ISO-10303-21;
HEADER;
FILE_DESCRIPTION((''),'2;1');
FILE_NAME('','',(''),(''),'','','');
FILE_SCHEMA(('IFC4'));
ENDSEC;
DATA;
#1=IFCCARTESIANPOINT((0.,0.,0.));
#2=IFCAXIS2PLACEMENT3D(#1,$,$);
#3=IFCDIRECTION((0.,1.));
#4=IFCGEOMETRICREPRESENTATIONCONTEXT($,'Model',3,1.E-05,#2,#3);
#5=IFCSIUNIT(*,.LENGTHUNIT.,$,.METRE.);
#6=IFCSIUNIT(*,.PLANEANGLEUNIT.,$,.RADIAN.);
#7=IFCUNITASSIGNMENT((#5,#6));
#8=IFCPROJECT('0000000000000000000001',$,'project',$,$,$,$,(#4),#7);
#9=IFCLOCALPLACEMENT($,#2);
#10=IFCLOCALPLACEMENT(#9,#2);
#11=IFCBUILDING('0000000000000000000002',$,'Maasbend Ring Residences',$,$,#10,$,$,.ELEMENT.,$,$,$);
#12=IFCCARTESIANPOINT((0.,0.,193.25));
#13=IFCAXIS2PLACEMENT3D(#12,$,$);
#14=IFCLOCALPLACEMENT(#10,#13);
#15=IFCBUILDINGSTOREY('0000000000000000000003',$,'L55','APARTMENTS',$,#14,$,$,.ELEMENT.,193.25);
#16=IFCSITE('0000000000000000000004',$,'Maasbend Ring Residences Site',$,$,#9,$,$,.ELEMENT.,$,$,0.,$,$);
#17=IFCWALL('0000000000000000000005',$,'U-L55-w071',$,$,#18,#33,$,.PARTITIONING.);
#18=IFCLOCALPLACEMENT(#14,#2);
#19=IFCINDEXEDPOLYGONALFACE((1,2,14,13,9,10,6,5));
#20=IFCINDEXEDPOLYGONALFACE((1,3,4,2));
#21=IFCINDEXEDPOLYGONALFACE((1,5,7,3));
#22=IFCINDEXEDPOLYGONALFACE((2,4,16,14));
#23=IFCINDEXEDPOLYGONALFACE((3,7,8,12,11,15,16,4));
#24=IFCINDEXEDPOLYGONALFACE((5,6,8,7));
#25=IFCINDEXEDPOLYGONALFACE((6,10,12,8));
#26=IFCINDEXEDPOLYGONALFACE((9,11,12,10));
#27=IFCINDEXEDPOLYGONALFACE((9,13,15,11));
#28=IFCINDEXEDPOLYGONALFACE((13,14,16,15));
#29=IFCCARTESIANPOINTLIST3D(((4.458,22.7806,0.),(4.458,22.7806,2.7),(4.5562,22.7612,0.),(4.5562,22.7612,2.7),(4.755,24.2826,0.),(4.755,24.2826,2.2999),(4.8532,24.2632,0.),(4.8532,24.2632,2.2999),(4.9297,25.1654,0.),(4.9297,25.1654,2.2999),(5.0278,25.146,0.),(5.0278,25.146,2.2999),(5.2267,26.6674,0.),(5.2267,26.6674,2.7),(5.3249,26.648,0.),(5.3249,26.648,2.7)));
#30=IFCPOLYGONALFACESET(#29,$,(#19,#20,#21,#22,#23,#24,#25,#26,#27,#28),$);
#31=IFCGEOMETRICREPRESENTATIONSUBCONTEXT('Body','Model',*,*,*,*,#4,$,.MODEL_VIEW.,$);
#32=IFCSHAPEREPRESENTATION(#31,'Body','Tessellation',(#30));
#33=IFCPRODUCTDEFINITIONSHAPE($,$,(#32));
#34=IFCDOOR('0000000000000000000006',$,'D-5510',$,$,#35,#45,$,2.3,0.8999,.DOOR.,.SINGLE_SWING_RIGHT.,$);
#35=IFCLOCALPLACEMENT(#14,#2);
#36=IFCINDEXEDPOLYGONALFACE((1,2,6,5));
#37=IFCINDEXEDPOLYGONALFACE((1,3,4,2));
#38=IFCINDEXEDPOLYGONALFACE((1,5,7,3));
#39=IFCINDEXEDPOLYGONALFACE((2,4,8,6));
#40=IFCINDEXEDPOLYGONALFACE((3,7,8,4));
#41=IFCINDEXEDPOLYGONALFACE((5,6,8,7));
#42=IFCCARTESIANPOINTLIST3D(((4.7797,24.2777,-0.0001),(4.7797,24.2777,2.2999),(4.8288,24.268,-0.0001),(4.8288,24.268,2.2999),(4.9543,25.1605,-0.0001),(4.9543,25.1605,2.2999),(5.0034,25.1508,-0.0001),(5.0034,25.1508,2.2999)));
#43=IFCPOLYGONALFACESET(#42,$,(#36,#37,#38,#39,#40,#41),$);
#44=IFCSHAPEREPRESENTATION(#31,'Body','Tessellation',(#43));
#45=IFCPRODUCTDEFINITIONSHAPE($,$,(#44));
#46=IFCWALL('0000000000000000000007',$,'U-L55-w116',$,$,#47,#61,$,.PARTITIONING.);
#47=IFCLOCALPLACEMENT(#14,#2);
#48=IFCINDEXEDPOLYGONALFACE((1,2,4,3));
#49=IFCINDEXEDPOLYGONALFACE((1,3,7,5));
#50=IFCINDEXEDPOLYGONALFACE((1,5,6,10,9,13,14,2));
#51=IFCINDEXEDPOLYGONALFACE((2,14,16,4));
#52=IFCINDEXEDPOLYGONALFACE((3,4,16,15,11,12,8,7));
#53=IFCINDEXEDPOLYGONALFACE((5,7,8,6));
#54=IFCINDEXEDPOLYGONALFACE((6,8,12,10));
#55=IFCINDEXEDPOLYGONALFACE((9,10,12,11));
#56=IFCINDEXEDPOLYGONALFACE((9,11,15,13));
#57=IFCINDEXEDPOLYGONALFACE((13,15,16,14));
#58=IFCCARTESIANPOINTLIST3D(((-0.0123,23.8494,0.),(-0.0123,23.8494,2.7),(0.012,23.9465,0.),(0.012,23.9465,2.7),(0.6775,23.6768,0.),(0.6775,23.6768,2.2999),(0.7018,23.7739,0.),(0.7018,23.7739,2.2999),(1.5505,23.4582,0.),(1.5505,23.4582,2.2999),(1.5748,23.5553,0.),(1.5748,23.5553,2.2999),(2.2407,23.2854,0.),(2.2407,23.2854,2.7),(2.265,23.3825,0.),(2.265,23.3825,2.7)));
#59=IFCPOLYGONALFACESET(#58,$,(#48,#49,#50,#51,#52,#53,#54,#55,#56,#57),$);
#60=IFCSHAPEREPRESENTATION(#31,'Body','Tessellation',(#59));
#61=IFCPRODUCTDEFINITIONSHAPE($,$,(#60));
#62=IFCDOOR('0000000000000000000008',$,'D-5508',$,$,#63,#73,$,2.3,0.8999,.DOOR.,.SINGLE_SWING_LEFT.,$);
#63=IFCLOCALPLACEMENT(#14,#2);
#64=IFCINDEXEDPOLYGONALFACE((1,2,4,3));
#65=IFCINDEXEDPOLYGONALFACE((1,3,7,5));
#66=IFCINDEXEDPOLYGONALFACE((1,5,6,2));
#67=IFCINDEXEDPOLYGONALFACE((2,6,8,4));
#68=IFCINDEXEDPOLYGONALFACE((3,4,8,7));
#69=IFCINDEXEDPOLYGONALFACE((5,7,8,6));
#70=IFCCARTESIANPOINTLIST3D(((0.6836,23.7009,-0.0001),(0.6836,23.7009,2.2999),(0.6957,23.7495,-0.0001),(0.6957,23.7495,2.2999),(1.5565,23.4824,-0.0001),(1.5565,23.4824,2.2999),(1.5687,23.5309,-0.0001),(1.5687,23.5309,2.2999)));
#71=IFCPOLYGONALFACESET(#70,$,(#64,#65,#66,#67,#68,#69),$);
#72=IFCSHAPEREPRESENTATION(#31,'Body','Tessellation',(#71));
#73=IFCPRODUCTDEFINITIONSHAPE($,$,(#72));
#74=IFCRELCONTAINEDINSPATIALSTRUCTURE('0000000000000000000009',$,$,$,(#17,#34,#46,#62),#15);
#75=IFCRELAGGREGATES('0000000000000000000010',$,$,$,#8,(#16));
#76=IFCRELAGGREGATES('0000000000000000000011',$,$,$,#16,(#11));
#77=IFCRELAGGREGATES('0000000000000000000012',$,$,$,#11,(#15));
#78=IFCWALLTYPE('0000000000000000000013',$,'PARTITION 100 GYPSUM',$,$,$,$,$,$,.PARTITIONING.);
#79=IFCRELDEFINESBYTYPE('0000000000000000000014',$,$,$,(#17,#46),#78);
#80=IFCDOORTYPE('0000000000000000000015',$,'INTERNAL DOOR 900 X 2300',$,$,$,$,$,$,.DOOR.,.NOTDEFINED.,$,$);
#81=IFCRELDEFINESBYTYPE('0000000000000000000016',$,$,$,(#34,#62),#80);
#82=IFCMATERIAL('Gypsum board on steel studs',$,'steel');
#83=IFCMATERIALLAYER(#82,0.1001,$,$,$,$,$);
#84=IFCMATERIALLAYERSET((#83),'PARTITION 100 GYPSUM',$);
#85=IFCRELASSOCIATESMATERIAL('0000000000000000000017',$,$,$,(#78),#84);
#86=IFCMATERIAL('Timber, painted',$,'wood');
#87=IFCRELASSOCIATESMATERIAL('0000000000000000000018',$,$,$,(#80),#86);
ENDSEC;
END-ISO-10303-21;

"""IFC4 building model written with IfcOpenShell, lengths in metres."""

from ifc_helpers import new_model, si_unit, direction, frame, frame_2d, origin, place, context, subcontext, project, spatial, rectangle, extrude, material, layer, layer_set, type_object, element, fill, save


model = new_model("IFC4")

# Units and contexts
model_context = context("Model", 3, precision=1e-05, world=origin(), true_north=direction((0.0, 1.0)))
body_context = subcontext(model_context, "Body", "Model", "MODEL_VIEW")
ifc_project = project(units=[si_unit("LENGTHUNIT", "METRE"), si_unit("PLANEANGLEUNIT", "RADIAN")], contexts=[model_context])

# Site, building, storey
site_placement = place(None, origin())
site = spatial("IfcSite", under=ifc_project, at=site_placement, Name="Maasbend Ring Residences Site", CompositionType="ELEMENT", RefElevation=0.0)
building_placement = place(site_placement, origin())
building = spatial("IfcBuilding", under=site, at=building_placement, Name="Maasbend Ring Residences", CompositionType="ELEMENT")
storey_placement = place(building_placement, frame((0.0, 0.0, 193.25)))
storey = spatial("IfcBuildingStorey", under=building, at=storey_placement, Name="L55", Description="APARTMENTS", CompositionType="ELEMENT", Elevation=193.25)

# Walls, openings, doors
ifc_material_1 = material(Name="Gypsum board on steel studs", Category="steel")
ifc_layer_1 = layer(ifc_material_1, 0.1001)
ifc_layer_set_1 = layer_set([ifc_layer_1], Name="PARTITION 100 GYPSUM")
wall_type_1 = type_object("IfcWallType", Name="PARTITION 100 GYPSUM", PredefinedType="PARTITIONING", material=ifc_layer_set_1)
wall_1_placement = place(storey_placement, frame((4.5071, 22.771, 0.0), z_axis=(0.0, 0.0, 1.0), x_axis=(0.19403, 0.980996, 0.0)))
wall_1 = element("IfcWall", 1, at=wall_1_placement, inside=storey, type_object=wall_type_1, Name="U-L55-w071", PredefinedType="PARTITIONING", context=body_context, shape_type="SweptSolid", body=[
    extrude(rectangle(XDim=3.9622, YDim=0.1001, at=frame_2d((1.981, 0.0))), origin(), (0.0, 0.0, 1.0), 2.7),
])
opening_1_placement = place(wall_1_placement, frame((1.531, 0.0, 0.0)))
opening_1 = element("IfcOpeningElement", 2, at=opening_1_placement, cuts=wall_1, PredefinedType="OPENING", context=body_context, shape_type="SweptSolid", body=[
    extrude(rectangle(XDim=0.8999, YDim=2.3, at=frame_2d((0.45, 1.1499))), frame((0.0, 0.0601, 0.0), z_axis=(0.0, -1.0, 0.0), x_axis=(1.0, 0.0, 0.0)), (0.0, 0.0, 1.0), 0.1201),
])
ifc_material_2 = material(Name="Timber, painted", Category="wood")
door_type_1 = type_object("IfcDoorType", Name="INTERNAL DOOR 900 X 2300", OperationType="NOTDEFINED", PredefinedType="DOOR", material=ifc_material_2)
door_1_placement = place(opening_1_placement, origin())
door_1 = element("IfcDoor", 3, at=door_1_placement, inside=storey, type_object=door_type_1, Name="D-5510", OperationType="SINGLE_SWING_RIGHT", OverallHeight=2.3, OverallWidth=0.8999, PredefinedType="DOOR", context=body_context, shape_type="SweptSolid", body=[
    extrude(rectangle(XDim=0.8999, YDim=2.3, at=frame_2d((0.45, 1.1499))), frame((0.0, 0.0249, 0.0), z_axis=(0.0, -1.0, 0.0), x_axis=(1.0, 0.0, 0.0)), (0.0, 0.0, 1.0), 0.05),
])
fill(opening_1, door_1)
wall_2_placement = place(storey_placement, frame((0.0, 23.8979, 0.0), z_axis=(0.0, 0.0, 1.0), x_axis=(0.970068, -0.242832, 0.0)))
wall_2 = element("IfcWall", 4, at=wall_2_placement, inside=storey, type_object=wall_type_1, Name="U-L55-w116", PredefinedType="PARTITIONING", context=body_context, shape_type="SweptSolid", body=[
    extrude(rectangle(XDim=2.3225, YDim=0.1001, at=frame_2d((1.1611, 0.0))), origin(), (0.0, 0.0, 1.0), 2.7),
])
opening_2_placement = place(wall_2_placement, frame((0.7109, 0.0, 0.0)))
opening_2 = element("IfcOpeningElement", 5, at=opening_2_placement, cuts=wall_2, PredefinedType="OPENING", context=body_context, shape_type="SweptSolid", body=[
    extrude(rectangle(XDim=0.8999, YDim=2.3, at=frame_2d((0.45, 1.1499))), frame((0.0, 0.0601, 0.0), z_axis=(0.0, -1.0, 0.0), x_axis=(1.0, 0.0, 0.0)), (0.0, 0.0, 1.0), 0.1201),
])
door_2_placement = place(opening_2_placement, origin())
door_2 = element("IfcDoor", 6, at=door_2_placement, inside=storey, type_object=door_type_1, Name="D-5508", OperationType="SINGLE_SWING_LEFT", OverallHeight=2.3, OverallWidth=0.8999, PredefinedType="DOOR", context=body_context, shape_type="SweptSolid", body=[
    extrude(rectangle(XDim=0.8999, YDim=2.3, at=frame_2d((0.45, 1.1499))), frame((0.0, 0.0249, 0.0), z_axis=(0.0, -1.0, 0.0), x_axis=(1.0, 0.0, 0.0)), (0.0, 0.0, 1.0), 0.05),
])
fill(opening_2, door_2)

save(model, "model.ifc")
